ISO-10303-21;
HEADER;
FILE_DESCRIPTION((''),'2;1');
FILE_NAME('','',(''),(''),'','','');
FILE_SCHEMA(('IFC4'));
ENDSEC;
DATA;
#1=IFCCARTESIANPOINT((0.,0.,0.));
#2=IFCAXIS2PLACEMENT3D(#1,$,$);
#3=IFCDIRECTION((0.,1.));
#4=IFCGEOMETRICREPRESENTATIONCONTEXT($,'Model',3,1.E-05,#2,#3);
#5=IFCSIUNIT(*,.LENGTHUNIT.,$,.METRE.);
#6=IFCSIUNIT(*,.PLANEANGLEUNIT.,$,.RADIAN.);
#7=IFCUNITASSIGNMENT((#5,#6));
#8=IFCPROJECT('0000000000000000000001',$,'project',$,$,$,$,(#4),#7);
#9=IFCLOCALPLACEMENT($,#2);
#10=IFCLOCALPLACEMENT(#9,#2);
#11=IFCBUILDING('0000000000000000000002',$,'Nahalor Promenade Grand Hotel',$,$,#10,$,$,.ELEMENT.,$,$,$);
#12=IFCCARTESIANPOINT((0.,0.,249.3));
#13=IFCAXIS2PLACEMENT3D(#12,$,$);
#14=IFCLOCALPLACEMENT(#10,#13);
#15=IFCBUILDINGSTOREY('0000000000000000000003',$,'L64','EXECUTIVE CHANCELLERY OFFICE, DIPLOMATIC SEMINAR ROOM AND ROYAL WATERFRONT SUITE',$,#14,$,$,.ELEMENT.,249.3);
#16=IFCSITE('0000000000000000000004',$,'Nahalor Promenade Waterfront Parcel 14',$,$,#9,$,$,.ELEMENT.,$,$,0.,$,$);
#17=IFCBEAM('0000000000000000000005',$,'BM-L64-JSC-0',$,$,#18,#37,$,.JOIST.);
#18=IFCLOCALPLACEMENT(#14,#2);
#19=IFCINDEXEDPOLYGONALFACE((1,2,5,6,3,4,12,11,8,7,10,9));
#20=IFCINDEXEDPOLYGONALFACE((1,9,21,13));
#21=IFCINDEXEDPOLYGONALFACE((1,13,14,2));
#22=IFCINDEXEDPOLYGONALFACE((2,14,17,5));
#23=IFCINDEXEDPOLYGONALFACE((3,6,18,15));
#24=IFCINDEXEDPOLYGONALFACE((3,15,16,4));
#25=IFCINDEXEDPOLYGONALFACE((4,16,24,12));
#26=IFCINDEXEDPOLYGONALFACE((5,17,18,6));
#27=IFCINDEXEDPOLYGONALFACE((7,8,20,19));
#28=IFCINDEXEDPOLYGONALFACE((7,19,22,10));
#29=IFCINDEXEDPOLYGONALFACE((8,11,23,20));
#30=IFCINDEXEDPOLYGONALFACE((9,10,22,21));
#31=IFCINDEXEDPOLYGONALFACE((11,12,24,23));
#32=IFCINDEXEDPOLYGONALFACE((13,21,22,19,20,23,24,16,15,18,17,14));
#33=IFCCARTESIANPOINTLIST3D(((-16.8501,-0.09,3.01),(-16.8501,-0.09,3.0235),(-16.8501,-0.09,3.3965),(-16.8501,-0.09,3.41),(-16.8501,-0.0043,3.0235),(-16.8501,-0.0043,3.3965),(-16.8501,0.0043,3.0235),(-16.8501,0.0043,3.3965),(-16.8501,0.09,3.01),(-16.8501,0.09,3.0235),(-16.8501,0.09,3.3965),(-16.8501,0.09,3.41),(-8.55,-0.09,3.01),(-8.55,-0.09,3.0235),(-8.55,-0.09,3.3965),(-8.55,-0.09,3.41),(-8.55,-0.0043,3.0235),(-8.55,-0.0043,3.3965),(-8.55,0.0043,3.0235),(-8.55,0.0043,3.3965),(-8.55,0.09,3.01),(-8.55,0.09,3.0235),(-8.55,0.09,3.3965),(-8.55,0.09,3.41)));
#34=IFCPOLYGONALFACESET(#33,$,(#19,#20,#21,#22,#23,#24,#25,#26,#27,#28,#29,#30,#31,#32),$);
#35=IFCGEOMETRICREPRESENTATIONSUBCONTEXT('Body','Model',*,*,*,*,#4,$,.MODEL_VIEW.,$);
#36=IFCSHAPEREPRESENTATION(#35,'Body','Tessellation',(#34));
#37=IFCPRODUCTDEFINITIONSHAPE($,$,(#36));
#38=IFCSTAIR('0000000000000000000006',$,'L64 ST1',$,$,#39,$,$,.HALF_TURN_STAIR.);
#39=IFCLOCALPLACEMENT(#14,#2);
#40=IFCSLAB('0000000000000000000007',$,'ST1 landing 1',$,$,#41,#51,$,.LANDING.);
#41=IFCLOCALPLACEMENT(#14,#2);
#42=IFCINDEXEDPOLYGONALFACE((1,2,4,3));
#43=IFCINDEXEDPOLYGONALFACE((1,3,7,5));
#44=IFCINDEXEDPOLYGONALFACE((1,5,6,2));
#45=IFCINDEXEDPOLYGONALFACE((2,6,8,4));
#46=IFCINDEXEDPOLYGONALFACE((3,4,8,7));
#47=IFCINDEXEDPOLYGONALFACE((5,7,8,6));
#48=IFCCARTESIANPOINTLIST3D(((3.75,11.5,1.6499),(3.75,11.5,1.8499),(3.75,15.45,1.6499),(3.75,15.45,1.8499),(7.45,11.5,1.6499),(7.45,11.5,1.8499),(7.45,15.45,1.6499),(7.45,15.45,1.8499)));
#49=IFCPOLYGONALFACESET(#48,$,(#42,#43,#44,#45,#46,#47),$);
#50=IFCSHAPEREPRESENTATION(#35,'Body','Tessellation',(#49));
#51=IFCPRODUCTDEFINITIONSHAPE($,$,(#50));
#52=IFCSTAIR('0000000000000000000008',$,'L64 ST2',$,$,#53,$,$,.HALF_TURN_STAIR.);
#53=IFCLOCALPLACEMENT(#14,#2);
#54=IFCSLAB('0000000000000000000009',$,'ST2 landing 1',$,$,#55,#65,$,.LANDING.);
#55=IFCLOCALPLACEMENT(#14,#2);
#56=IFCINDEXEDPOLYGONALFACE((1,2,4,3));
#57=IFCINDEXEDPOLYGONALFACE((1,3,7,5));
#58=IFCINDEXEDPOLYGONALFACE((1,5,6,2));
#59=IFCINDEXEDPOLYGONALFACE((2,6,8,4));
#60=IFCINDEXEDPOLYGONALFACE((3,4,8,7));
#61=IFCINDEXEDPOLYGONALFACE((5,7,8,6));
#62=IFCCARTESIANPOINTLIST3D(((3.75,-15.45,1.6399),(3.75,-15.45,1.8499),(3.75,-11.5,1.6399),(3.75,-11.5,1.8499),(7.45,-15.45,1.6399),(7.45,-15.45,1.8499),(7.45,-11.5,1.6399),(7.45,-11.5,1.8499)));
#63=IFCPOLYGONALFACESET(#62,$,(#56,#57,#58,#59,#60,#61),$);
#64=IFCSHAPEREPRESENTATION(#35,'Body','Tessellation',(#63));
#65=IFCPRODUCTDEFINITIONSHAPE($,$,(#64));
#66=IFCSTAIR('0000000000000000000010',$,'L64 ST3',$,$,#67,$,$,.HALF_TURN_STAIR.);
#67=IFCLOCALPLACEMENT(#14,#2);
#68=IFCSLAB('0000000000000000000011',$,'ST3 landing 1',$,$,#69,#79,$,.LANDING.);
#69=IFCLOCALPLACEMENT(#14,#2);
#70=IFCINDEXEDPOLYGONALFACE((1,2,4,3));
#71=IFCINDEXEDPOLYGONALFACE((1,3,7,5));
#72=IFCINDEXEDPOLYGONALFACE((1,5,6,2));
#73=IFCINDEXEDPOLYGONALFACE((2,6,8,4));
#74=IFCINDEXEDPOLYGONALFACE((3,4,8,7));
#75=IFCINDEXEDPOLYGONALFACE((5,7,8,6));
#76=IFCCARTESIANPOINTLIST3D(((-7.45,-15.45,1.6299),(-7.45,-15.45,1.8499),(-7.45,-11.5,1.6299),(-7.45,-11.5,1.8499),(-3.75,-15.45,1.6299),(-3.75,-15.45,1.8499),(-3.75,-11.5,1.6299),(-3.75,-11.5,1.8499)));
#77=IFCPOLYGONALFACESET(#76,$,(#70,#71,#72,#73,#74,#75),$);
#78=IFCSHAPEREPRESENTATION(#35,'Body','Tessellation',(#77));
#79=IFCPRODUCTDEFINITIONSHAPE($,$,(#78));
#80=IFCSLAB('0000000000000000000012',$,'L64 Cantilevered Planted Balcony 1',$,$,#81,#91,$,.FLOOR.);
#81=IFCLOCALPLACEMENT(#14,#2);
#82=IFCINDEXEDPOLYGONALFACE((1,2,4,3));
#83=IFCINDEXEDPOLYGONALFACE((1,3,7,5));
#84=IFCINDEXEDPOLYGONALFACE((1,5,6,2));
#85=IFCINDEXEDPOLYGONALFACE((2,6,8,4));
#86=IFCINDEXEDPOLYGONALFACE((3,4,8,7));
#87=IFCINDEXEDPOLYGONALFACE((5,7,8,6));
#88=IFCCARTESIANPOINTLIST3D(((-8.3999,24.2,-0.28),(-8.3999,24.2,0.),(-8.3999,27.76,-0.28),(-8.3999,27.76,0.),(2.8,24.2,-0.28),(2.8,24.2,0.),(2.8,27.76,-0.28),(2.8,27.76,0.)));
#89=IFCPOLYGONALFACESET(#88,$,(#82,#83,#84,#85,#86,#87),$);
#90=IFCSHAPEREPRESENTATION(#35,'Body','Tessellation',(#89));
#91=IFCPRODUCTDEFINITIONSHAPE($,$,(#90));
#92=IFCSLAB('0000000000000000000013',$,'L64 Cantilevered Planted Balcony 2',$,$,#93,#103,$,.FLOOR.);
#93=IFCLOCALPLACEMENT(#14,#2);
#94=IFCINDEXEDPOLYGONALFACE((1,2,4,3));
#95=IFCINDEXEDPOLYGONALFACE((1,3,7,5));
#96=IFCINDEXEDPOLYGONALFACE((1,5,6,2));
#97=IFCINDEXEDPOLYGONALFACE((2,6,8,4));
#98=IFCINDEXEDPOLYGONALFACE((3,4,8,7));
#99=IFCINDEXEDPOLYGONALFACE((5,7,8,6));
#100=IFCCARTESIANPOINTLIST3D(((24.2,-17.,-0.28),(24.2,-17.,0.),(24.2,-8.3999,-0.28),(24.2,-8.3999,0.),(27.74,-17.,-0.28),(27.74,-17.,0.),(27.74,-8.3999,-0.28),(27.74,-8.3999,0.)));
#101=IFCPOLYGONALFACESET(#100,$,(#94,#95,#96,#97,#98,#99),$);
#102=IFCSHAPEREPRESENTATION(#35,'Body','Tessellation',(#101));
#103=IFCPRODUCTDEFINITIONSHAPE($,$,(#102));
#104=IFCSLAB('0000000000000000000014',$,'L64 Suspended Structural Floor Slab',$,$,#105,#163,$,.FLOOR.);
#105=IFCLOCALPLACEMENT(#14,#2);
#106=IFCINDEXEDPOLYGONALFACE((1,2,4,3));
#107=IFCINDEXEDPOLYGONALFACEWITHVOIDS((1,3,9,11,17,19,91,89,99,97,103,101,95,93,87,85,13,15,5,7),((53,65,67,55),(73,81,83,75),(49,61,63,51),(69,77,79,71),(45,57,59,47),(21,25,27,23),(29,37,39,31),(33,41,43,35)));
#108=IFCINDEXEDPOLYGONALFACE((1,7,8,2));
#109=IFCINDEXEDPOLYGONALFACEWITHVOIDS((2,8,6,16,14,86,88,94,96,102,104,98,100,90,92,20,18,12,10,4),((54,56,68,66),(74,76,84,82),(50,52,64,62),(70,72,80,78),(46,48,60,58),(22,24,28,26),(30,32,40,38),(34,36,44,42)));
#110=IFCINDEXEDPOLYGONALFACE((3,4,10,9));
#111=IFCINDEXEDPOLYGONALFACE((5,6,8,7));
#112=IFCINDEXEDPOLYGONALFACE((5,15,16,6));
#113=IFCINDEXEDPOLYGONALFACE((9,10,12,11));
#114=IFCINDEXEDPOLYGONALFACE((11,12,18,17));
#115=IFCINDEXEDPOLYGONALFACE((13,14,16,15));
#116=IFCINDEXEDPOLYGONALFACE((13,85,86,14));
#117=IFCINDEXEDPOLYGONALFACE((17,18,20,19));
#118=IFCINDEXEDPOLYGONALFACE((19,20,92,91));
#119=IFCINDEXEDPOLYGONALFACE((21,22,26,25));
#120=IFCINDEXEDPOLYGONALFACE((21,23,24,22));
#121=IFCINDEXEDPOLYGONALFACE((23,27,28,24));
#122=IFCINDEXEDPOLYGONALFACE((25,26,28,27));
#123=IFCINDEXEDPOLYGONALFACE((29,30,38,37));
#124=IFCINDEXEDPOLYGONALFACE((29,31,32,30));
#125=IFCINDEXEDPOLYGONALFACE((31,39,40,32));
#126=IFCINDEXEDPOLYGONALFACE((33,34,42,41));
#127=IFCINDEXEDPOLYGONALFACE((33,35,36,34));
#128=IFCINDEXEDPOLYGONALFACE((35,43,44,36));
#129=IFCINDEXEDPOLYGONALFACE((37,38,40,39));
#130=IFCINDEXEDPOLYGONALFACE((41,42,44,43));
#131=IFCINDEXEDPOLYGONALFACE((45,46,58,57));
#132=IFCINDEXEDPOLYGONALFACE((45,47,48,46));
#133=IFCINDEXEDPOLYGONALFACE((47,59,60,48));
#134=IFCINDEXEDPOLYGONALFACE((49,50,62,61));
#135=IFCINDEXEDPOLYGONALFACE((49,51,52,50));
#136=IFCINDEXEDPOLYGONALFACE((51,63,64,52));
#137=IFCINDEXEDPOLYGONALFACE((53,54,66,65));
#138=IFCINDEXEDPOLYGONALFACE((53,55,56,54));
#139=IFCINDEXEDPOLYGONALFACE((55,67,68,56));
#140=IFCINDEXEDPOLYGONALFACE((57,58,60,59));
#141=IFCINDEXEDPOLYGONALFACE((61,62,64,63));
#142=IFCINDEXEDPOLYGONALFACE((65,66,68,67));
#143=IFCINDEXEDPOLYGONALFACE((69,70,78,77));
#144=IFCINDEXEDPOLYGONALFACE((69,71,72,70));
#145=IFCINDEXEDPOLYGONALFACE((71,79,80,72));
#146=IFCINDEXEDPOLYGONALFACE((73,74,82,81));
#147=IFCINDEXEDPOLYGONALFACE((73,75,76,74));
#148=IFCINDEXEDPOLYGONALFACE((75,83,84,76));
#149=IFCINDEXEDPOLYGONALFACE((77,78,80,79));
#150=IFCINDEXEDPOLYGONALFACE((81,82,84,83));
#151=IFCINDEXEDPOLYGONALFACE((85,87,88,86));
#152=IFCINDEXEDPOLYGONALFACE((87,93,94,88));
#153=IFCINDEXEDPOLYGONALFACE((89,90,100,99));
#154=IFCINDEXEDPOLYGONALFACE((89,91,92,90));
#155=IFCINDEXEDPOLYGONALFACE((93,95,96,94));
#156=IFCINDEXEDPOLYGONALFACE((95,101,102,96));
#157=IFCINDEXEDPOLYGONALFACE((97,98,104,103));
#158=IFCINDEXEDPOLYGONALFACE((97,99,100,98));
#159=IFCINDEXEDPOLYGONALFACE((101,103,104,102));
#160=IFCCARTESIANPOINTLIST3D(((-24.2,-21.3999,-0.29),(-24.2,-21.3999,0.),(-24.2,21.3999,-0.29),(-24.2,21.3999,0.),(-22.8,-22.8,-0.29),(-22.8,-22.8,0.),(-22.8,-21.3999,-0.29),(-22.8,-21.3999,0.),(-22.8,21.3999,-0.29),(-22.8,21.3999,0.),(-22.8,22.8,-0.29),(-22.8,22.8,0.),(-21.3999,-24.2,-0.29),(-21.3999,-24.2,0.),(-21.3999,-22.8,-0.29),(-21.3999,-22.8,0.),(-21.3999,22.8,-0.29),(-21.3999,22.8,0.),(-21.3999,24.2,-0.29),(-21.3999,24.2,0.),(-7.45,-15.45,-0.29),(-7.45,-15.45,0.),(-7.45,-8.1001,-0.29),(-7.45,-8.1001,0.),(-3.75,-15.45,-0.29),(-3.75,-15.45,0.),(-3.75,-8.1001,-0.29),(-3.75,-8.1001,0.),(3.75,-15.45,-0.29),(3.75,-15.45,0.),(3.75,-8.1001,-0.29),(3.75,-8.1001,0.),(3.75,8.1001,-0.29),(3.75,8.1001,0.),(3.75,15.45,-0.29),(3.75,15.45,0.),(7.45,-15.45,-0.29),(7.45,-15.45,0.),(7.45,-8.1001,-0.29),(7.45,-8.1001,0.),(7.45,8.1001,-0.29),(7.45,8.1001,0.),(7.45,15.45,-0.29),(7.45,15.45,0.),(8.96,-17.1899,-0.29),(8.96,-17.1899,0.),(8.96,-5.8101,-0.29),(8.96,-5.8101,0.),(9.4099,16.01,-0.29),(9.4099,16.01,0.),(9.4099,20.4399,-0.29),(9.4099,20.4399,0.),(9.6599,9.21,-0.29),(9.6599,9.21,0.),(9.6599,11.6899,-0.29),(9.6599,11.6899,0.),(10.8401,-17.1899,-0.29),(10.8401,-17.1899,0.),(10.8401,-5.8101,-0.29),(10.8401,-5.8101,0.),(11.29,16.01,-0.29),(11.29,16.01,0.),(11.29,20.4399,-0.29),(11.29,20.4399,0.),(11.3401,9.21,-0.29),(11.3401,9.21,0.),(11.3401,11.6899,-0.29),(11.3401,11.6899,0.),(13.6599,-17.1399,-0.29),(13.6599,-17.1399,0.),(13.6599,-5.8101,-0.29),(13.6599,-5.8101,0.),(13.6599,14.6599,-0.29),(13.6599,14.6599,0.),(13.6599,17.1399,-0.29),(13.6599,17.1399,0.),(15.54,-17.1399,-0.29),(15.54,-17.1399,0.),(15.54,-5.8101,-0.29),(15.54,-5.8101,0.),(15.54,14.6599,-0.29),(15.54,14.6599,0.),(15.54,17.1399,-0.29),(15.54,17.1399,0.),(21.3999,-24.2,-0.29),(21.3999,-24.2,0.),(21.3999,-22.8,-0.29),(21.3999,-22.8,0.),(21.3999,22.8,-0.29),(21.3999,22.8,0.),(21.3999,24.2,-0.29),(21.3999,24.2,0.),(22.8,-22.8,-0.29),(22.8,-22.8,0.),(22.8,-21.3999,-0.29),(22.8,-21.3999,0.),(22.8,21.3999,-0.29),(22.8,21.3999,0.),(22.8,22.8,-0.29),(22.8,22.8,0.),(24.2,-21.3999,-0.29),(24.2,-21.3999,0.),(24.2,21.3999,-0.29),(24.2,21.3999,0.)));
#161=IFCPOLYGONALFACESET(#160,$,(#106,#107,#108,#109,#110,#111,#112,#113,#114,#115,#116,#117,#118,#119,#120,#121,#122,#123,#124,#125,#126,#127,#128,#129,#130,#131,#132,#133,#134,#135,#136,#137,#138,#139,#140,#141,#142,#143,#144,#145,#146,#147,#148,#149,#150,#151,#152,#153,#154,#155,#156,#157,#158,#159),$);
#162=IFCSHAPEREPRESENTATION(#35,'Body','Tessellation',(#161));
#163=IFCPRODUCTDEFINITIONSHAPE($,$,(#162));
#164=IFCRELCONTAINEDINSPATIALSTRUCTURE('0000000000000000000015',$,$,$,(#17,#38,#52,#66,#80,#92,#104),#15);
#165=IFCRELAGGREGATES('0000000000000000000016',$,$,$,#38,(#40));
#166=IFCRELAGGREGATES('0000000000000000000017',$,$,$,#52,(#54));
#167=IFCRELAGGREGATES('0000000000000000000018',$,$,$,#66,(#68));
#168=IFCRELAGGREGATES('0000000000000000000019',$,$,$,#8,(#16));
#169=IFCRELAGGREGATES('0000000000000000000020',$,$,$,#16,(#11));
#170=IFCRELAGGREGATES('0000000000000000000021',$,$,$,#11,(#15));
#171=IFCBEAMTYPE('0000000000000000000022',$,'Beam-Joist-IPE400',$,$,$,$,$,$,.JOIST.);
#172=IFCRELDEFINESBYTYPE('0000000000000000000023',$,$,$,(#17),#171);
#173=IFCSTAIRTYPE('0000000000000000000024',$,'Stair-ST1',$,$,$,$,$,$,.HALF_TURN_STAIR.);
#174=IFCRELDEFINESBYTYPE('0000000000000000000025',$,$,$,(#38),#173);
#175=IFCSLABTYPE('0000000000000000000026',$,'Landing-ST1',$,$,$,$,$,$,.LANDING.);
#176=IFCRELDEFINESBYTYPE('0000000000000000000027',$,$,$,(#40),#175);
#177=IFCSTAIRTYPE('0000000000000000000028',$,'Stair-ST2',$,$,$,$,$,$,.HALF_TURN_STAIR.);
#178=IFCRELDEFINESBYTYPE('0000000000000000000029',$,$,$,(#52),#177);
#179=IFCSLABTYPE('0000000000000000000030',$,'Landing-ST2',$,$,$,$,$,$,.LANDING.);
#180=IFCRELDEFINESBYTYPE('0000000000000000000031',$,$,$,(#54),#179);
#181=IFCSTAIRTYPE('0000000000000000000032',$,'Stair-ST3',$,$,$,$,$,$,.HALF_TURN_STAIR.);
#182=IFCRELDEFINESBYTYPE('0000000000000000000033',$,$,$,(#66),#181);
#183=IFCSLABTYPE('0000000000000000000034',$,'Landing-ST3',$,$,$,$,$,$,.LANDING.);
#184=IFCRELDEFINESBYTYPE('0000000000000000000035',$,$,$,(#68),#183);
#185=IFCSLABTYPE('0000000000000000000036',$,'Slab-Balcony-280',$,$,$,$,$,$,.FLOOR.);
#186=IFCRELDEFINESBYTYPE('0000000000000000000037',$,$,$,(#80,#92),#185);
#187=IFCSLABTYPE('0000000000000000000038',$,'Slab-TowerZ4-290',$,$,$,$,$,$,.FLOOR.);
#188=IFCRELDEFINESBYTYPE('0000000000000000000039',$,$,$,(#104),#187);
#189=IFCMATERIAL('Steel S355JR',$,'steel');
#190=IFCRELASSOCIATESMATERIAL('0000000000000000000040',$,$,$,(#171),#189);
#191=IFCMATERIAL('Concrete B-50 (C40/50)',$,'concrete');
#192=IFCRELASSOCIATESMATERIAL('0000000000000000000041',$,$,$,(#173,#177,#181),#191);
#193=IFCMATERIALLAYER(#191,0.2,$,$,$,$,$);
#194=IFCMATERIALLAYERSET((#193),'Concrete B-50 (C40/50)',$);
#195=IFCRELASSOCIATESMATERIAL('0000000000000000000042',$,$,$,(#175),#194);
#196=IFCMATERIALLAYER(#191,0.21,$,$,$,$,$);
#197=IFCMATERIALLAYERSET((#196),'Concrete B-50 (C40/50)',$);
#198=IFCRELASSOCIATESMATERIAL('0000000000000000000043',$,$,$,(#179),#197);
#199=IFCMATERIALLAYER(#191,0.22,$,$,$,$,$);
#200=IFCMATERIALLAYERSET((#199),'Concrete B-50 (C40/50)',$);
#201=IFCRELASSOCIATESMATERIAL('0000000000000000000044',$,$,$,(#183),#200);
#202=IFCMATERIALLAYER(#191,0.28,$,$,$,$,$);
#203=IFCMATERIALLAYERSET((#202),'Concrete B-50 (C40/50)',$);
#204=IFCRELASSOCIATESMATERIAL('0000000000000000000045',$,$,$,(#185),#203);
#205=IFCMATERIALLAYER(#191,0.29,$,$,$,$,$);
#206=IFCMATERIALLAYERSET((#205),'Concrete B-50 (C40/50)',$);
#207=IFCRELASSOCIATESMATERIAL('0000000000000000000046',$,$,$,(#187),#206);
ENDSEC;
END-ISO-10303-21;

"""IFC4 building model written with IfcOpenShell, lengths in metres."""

from ifc_helpers import new_model, si_unit, direction, frame, origin, origin_2d, place, context, subcontext, project, spatial, polyline, i_section, outline, extrude, source, transform, mapped, material, layer, layer_set, material_profile, profile_set, type_object, element, aggregate, save


model = new_model("IFC4")

# Units and contexts
model_context = context("Model", 3, precision=1e-05, world=origin(), true_north=direction((0.0, 1.0)))
body_context = subcontext(model_context, "Body", "Model", "MODEL_VIEW")
ifc_project = project(units=[si_unit("LENGTHUNIT", "METRE"), si_unit("PLANEANGLEUNIT", "RADIAN")], contexts=[model_context])

# Site, building, storey
site_placement = place(None, origin())
site = spatial("IfcSite", under=ifc_project, at=site_placement, Name="Nahalor Promenade Waterfront Parcel 14", CompositionType="ELEMENT", RefElevation=0.0)
building_placement = place(site_placement, origin())
building = spatial("IfcBuilding", under=site, at=building_placement, Name="Nahalor Promenade Grand Hotel", CompositionType="ELEMENT")
storey_placement = place(building_placement, frame((0.0, 0.0, 249.3)))
storey = spatial("IfcBuildingStorey", under=building, at=storey_placement, Name="L64", Description="EXECUTIVE CHANCELLERY OFFICE, DIPLOMATIC SEMINAR ROOM AND ROYAL WATERFRONT SUITE", CompositionType="ELEMENT", Elevation=249.3)

# Beam
ifc_material_1 = material(Name="Steel S355JR", Category="steel")
ifc_material_profile_1 = material_profile(ifc_material_1, i_section(OverallWidth=0.18, OverallDepth=0.4, WebThickness=0.0086, FlangeThickness=0.0135, at=origin_2d()), Name="IPE 400")
ifc_profile_set_1 = profile_set([ifc_material_profile_1], Name="Steel S355JR")
beam_type_1 = type_object("IfcBeamType", Name="Beam-Joist-IPE400", PredefinedType="JOIST", material=ifc_profile_set_1)
shared_shape_1 = source(origin(), body_context, "Body", "SweptSolid", [
    extrude(i_section(OverallWidth=0.18, OverallDepth=0.4, WebThickness=0.0086, FlangeThickness=0.0135, at=origin_2d()), origin(), (0.0, 0.0, 1.0), 8.3),
])
for number, where, z_axis, x_axis, name in (
    (1, (-16.8501, 0.0, 3.21), (1.0, 0.0, 0.0), (0.0, 1.0, 0.0), "BM-L64-JSC-0"),
):
    element("IfcBeam", number, at=place(storey_placement, frame(where, z_axis=z_axis, x_axis=x_axis)), inside=storey, type_object=beam_type_1, Name=name, PredefinedType="JOIST", context=body_context, shape_type="MappedRepresentation", body=[
        mapped(shared_shape_1, transform((0.0, 0.0, 0.0), scale=1.0)),
    ])

# Stairs, slabs
ifc_material_2 = material(Name="Concrete B-50 (C40/50)", Category="concrete")
stair_type_1 = type_object("IfcStairType", Name="Stair-ST1", PredefinedType="HALF_TURN_STAIR", material=ifc_material_2)
stair_1_placement = place(storey_placement, origin())
stair_1 = element("IfcStair", 2, at=stair_1_placement, inside=storey, type_object=stair_type_1, Name="L64 ST1", PredefinedType="HALF_TURN_STAIR")
ifc_layer_1 = layer(ifc_material_2, 0.2)
ifc_layer_set_1 = layer_set([ifc_layer_1], Name="Concrete B-50 (C40/50)")
slab_type_1 = type_object("IfcSlabType", Name="Landing-ST1", PredefinedType="LANDING", material=ifc_layer_set_1)
slab_1_placement = place(storey_placement, frame((0.0, 0.0, 1.6499)))
slab_1 = element("IfcSlab", 3, at=slab_1_placement, type_object=slab_type_1, Name="ST1 landing 1", PredefinedType="LANDING", context=body_context, shape_type="SweptSolid", body=[
    extrude(outline(polyline([(7.45, 11.5), (7.45, 15.45), (3.75, 15.45), (3.75, 11.5), (7.45, 11.5)])), origin(), (0.0, 0.0, 1.0), 0.2),
])
aggregate(stair_1, [slab_1])
stair_type_2 = type_object("IfcStairType", Name="Stair-ST2", PredefinedType="HALF_TURN_STAIR", material=ifc_material_2)
stair_2_placement = place(storey_placement, origin())
stair_2 = element("IfcStair", 4, at=stair_2_placement, inside=storey, type_object=stair_type_2, Name="L64 ST2", PredefinedType="HALF_TURN_STAIR")
ifc_layer_2 = layer(ifc_material_2, 0.21)
ifc_layer_set_2 = layer_set([ifc_layer_2], Name="Concrete B-50 (C40/50)")
slab_type_2 = type_object("IfcSlabType", Name="Landing-ST2", PredefinedType="LANDING", material=ifc_layer_set_2)
slab_2_placement = place(storey_placement, frame((0.0, 0.0, 1.6399)))
slab_2 = element("IfcSlab", 5, at=slab_2_placement, type_object=slab_type_2, Name="ST2 landing 1", PredefinedType="LANDING", context=body_context, shape_type="SweptSolid", body=[
    extrude(outline(polyline([(3.75, -11.5), (3.75, -15.45), (7.45, -15.45), (7.45, -11.5), (3.75, -11.5)])), origin(), (0.0, 0.0, 1.0), 0.21),
])
aggregate(stair_2, [slab_2])
stair_type_3 = type_object("IfcStairType", Name="Stair-ST3", PredefinedType="HALF_TURN_STAIR", material=ifc_material_2)
stair_3_placement = place(storey_placement, origin())
stair_3 = element("IfcStair", 6, at=stair_3_placement, inside=storey, type_object=stair_type_3, Name="L64 ST3", PredefinedType="HALF_TURN_STAIR")
ifc_layer_3 = layer(ifc_material_2, 0.22)
ifc_layer_set_3 = layer_set([ifc_layer_3], Name="Concrete B-50 (C40/50)")
slab_type_3 = type_object("IfcSlabType", Name="Landing-ST3", PredefinedType="LANDING", material=ifc_layer_set_3)
slab_3_placement = place(storey_placement, frame((0.0, 0.0, 1.6299)))
slab_3 = element("IfcSlab", 7, at=slab_3_placement, type_object=slab_type_3, Name="ST3 landing 1", PredefinedType="LANDING", context=body_context, shape_type="SweptSolid", body=[
    extrude(outline(polyline([(-7.45, -11.5), (-7.45, -15.45), (-3.75, -15.45), (-3.75, -11.5), (-7.45, -11.5)])), origin(), (0.0, 0.0, 1.0), 0.22),
])
aggregate(stair_3, [slab_3])

# Slabs
ifc_layer_4 = layer(ifc_material_2, 0.28)
ifc_layer_set_4 = layer_set([ifc_layer_4], Name="Concrete B-50 (C40/50)")
slab_type_4 = type_object("IfcSlabType", Name="Slab-Balcony-280", PredefinedType="FLOOR", material=ifc_layer_set_4)
slab_4_placement = place(storey_placement, frame((0.0, 0.0, -0.28)))
element("IfcSlab", 8, at=slab_4_placement, inside=storey, type_object=slab_type_4, Name="L64 Cantilevered Planted Balcony 1", PredefinedType="FLOOR", context=body_context, shape_type="SweptSolid", body=[
    extrude(outline(polyline([(-8.3999, 24.2), (2.8, 24.2), (2.8, 27.76), (-8.3999, 27.76), (-8.3999, 24.2)])), origin(), (0.0, 0.0, 1.0), 0.28),
])
slab_5_placement = place(storey_placement, frame((0.0, 0.0, -0.28)))
element("IfcSlab", 9, at=slab_5_placement, inside=storey, type_object=slab_type_4, Name="L64 Cantilevered Planted Balcony 2", PredefinedType="FLOOR", context=body_context, shape_type="SweptSolid", body=[
    extrude(outline(polyline([(24.2, -17.0), (27.74, -17.0), (27.74, -8.3999), (24.2, -8.3999), (24.2, -17.0)])), origin(), (0.0, 0.0, 1.0), 0.28),
])
ifc_layer_5 = layer(ifc_material_2, 0.29)
ifc_layer_set_5 = layer_set([ifc_layer_5], Name="Concrete B-50 (C40/50)")
slab_type_5 = type_object("IfcSlabType", Name="Slab-TowerZ4-290", PredefinedType="FLOOR", material=ifc_layer_set_5)
slab_6_placement = place(storey_placement, frame((0.0, 0.0, -0.29)))
element("IfcSlab", 10, at=slab_6_placement, inside=storey, type_object=slab_type_5, Name="L64 Suspended Structural Floor Slab", PredefinedType="FLOOR", context=body_context, shape_type="SweptSolid", body=[
    extrude(outline(polyline([(-21.3999, -24.2), (21.3999, -24.2), (21.3999, -22.8), (22.8, -22.8), (22.8, -21.3999), (24.2, -21.3999), (24.2, 21.3999), (22.8, 21.3999), (22.8, 22.8), (21.3999, 22.8), (21.3999, 24.2), (-21.3999, 24.2), (-21.3999, 22.8), (-22.8, 22.8), (-22.8, 21.3999), (-24.2, 21.3999), (-24.2, -21.3999), (-22.8, -21.3999), (-22.8, -22.8), (-21.3999, -22.8), (-21.3999, -24.2)]), holes=[polyline([(3.75, 8.1001), (7.45, 8.1001), (7.45, 15.45), (3.75, 15.45), (3.75, 8.1001)]), polyline([(3.75, -15.45), (7.45, -15.45), (7.45, -8.1001), (3.75, -8.1001), (3.75, -15.45)]), polyline([(-7.45, -15.45), (-3.75, -15.45), (-3.75, -8.1001), (-7.45, -8.1001), (-7.45, -15.45)]), polyline([(13.6599, -17.1399), (15.54, -17.1399), (15.54, -5.8101), (13.6599, -5.8101), (13.6599, -17.1399)]), polyline([(8.96, -17.1899), (10.8401, -17.1899), (10.8401, -5.8101), (8.96, -5.8101), (8.96, -17.1899)]), polyline([(9.4099, 16.01), (11.29, 16.01), (11.29, 20.4399), (9.4099, 20.4399), (9.4099, 16.01)]), polyline([(9.6599, 9.21), (11.3401, 9.21), (11.3401, 11.6899), (9.6599, 11.6899), (9.6599, 9.21)]), polyline([(13.6599, 14.6599), (15.54, 14.6599), (15.54, 17.1399), (13.6599, 17.1399), (13.6599, 14.6599)])]), origin(), (0.0, 0.0, 1.0), 0.29),
])

save(model, "model.ifc")
